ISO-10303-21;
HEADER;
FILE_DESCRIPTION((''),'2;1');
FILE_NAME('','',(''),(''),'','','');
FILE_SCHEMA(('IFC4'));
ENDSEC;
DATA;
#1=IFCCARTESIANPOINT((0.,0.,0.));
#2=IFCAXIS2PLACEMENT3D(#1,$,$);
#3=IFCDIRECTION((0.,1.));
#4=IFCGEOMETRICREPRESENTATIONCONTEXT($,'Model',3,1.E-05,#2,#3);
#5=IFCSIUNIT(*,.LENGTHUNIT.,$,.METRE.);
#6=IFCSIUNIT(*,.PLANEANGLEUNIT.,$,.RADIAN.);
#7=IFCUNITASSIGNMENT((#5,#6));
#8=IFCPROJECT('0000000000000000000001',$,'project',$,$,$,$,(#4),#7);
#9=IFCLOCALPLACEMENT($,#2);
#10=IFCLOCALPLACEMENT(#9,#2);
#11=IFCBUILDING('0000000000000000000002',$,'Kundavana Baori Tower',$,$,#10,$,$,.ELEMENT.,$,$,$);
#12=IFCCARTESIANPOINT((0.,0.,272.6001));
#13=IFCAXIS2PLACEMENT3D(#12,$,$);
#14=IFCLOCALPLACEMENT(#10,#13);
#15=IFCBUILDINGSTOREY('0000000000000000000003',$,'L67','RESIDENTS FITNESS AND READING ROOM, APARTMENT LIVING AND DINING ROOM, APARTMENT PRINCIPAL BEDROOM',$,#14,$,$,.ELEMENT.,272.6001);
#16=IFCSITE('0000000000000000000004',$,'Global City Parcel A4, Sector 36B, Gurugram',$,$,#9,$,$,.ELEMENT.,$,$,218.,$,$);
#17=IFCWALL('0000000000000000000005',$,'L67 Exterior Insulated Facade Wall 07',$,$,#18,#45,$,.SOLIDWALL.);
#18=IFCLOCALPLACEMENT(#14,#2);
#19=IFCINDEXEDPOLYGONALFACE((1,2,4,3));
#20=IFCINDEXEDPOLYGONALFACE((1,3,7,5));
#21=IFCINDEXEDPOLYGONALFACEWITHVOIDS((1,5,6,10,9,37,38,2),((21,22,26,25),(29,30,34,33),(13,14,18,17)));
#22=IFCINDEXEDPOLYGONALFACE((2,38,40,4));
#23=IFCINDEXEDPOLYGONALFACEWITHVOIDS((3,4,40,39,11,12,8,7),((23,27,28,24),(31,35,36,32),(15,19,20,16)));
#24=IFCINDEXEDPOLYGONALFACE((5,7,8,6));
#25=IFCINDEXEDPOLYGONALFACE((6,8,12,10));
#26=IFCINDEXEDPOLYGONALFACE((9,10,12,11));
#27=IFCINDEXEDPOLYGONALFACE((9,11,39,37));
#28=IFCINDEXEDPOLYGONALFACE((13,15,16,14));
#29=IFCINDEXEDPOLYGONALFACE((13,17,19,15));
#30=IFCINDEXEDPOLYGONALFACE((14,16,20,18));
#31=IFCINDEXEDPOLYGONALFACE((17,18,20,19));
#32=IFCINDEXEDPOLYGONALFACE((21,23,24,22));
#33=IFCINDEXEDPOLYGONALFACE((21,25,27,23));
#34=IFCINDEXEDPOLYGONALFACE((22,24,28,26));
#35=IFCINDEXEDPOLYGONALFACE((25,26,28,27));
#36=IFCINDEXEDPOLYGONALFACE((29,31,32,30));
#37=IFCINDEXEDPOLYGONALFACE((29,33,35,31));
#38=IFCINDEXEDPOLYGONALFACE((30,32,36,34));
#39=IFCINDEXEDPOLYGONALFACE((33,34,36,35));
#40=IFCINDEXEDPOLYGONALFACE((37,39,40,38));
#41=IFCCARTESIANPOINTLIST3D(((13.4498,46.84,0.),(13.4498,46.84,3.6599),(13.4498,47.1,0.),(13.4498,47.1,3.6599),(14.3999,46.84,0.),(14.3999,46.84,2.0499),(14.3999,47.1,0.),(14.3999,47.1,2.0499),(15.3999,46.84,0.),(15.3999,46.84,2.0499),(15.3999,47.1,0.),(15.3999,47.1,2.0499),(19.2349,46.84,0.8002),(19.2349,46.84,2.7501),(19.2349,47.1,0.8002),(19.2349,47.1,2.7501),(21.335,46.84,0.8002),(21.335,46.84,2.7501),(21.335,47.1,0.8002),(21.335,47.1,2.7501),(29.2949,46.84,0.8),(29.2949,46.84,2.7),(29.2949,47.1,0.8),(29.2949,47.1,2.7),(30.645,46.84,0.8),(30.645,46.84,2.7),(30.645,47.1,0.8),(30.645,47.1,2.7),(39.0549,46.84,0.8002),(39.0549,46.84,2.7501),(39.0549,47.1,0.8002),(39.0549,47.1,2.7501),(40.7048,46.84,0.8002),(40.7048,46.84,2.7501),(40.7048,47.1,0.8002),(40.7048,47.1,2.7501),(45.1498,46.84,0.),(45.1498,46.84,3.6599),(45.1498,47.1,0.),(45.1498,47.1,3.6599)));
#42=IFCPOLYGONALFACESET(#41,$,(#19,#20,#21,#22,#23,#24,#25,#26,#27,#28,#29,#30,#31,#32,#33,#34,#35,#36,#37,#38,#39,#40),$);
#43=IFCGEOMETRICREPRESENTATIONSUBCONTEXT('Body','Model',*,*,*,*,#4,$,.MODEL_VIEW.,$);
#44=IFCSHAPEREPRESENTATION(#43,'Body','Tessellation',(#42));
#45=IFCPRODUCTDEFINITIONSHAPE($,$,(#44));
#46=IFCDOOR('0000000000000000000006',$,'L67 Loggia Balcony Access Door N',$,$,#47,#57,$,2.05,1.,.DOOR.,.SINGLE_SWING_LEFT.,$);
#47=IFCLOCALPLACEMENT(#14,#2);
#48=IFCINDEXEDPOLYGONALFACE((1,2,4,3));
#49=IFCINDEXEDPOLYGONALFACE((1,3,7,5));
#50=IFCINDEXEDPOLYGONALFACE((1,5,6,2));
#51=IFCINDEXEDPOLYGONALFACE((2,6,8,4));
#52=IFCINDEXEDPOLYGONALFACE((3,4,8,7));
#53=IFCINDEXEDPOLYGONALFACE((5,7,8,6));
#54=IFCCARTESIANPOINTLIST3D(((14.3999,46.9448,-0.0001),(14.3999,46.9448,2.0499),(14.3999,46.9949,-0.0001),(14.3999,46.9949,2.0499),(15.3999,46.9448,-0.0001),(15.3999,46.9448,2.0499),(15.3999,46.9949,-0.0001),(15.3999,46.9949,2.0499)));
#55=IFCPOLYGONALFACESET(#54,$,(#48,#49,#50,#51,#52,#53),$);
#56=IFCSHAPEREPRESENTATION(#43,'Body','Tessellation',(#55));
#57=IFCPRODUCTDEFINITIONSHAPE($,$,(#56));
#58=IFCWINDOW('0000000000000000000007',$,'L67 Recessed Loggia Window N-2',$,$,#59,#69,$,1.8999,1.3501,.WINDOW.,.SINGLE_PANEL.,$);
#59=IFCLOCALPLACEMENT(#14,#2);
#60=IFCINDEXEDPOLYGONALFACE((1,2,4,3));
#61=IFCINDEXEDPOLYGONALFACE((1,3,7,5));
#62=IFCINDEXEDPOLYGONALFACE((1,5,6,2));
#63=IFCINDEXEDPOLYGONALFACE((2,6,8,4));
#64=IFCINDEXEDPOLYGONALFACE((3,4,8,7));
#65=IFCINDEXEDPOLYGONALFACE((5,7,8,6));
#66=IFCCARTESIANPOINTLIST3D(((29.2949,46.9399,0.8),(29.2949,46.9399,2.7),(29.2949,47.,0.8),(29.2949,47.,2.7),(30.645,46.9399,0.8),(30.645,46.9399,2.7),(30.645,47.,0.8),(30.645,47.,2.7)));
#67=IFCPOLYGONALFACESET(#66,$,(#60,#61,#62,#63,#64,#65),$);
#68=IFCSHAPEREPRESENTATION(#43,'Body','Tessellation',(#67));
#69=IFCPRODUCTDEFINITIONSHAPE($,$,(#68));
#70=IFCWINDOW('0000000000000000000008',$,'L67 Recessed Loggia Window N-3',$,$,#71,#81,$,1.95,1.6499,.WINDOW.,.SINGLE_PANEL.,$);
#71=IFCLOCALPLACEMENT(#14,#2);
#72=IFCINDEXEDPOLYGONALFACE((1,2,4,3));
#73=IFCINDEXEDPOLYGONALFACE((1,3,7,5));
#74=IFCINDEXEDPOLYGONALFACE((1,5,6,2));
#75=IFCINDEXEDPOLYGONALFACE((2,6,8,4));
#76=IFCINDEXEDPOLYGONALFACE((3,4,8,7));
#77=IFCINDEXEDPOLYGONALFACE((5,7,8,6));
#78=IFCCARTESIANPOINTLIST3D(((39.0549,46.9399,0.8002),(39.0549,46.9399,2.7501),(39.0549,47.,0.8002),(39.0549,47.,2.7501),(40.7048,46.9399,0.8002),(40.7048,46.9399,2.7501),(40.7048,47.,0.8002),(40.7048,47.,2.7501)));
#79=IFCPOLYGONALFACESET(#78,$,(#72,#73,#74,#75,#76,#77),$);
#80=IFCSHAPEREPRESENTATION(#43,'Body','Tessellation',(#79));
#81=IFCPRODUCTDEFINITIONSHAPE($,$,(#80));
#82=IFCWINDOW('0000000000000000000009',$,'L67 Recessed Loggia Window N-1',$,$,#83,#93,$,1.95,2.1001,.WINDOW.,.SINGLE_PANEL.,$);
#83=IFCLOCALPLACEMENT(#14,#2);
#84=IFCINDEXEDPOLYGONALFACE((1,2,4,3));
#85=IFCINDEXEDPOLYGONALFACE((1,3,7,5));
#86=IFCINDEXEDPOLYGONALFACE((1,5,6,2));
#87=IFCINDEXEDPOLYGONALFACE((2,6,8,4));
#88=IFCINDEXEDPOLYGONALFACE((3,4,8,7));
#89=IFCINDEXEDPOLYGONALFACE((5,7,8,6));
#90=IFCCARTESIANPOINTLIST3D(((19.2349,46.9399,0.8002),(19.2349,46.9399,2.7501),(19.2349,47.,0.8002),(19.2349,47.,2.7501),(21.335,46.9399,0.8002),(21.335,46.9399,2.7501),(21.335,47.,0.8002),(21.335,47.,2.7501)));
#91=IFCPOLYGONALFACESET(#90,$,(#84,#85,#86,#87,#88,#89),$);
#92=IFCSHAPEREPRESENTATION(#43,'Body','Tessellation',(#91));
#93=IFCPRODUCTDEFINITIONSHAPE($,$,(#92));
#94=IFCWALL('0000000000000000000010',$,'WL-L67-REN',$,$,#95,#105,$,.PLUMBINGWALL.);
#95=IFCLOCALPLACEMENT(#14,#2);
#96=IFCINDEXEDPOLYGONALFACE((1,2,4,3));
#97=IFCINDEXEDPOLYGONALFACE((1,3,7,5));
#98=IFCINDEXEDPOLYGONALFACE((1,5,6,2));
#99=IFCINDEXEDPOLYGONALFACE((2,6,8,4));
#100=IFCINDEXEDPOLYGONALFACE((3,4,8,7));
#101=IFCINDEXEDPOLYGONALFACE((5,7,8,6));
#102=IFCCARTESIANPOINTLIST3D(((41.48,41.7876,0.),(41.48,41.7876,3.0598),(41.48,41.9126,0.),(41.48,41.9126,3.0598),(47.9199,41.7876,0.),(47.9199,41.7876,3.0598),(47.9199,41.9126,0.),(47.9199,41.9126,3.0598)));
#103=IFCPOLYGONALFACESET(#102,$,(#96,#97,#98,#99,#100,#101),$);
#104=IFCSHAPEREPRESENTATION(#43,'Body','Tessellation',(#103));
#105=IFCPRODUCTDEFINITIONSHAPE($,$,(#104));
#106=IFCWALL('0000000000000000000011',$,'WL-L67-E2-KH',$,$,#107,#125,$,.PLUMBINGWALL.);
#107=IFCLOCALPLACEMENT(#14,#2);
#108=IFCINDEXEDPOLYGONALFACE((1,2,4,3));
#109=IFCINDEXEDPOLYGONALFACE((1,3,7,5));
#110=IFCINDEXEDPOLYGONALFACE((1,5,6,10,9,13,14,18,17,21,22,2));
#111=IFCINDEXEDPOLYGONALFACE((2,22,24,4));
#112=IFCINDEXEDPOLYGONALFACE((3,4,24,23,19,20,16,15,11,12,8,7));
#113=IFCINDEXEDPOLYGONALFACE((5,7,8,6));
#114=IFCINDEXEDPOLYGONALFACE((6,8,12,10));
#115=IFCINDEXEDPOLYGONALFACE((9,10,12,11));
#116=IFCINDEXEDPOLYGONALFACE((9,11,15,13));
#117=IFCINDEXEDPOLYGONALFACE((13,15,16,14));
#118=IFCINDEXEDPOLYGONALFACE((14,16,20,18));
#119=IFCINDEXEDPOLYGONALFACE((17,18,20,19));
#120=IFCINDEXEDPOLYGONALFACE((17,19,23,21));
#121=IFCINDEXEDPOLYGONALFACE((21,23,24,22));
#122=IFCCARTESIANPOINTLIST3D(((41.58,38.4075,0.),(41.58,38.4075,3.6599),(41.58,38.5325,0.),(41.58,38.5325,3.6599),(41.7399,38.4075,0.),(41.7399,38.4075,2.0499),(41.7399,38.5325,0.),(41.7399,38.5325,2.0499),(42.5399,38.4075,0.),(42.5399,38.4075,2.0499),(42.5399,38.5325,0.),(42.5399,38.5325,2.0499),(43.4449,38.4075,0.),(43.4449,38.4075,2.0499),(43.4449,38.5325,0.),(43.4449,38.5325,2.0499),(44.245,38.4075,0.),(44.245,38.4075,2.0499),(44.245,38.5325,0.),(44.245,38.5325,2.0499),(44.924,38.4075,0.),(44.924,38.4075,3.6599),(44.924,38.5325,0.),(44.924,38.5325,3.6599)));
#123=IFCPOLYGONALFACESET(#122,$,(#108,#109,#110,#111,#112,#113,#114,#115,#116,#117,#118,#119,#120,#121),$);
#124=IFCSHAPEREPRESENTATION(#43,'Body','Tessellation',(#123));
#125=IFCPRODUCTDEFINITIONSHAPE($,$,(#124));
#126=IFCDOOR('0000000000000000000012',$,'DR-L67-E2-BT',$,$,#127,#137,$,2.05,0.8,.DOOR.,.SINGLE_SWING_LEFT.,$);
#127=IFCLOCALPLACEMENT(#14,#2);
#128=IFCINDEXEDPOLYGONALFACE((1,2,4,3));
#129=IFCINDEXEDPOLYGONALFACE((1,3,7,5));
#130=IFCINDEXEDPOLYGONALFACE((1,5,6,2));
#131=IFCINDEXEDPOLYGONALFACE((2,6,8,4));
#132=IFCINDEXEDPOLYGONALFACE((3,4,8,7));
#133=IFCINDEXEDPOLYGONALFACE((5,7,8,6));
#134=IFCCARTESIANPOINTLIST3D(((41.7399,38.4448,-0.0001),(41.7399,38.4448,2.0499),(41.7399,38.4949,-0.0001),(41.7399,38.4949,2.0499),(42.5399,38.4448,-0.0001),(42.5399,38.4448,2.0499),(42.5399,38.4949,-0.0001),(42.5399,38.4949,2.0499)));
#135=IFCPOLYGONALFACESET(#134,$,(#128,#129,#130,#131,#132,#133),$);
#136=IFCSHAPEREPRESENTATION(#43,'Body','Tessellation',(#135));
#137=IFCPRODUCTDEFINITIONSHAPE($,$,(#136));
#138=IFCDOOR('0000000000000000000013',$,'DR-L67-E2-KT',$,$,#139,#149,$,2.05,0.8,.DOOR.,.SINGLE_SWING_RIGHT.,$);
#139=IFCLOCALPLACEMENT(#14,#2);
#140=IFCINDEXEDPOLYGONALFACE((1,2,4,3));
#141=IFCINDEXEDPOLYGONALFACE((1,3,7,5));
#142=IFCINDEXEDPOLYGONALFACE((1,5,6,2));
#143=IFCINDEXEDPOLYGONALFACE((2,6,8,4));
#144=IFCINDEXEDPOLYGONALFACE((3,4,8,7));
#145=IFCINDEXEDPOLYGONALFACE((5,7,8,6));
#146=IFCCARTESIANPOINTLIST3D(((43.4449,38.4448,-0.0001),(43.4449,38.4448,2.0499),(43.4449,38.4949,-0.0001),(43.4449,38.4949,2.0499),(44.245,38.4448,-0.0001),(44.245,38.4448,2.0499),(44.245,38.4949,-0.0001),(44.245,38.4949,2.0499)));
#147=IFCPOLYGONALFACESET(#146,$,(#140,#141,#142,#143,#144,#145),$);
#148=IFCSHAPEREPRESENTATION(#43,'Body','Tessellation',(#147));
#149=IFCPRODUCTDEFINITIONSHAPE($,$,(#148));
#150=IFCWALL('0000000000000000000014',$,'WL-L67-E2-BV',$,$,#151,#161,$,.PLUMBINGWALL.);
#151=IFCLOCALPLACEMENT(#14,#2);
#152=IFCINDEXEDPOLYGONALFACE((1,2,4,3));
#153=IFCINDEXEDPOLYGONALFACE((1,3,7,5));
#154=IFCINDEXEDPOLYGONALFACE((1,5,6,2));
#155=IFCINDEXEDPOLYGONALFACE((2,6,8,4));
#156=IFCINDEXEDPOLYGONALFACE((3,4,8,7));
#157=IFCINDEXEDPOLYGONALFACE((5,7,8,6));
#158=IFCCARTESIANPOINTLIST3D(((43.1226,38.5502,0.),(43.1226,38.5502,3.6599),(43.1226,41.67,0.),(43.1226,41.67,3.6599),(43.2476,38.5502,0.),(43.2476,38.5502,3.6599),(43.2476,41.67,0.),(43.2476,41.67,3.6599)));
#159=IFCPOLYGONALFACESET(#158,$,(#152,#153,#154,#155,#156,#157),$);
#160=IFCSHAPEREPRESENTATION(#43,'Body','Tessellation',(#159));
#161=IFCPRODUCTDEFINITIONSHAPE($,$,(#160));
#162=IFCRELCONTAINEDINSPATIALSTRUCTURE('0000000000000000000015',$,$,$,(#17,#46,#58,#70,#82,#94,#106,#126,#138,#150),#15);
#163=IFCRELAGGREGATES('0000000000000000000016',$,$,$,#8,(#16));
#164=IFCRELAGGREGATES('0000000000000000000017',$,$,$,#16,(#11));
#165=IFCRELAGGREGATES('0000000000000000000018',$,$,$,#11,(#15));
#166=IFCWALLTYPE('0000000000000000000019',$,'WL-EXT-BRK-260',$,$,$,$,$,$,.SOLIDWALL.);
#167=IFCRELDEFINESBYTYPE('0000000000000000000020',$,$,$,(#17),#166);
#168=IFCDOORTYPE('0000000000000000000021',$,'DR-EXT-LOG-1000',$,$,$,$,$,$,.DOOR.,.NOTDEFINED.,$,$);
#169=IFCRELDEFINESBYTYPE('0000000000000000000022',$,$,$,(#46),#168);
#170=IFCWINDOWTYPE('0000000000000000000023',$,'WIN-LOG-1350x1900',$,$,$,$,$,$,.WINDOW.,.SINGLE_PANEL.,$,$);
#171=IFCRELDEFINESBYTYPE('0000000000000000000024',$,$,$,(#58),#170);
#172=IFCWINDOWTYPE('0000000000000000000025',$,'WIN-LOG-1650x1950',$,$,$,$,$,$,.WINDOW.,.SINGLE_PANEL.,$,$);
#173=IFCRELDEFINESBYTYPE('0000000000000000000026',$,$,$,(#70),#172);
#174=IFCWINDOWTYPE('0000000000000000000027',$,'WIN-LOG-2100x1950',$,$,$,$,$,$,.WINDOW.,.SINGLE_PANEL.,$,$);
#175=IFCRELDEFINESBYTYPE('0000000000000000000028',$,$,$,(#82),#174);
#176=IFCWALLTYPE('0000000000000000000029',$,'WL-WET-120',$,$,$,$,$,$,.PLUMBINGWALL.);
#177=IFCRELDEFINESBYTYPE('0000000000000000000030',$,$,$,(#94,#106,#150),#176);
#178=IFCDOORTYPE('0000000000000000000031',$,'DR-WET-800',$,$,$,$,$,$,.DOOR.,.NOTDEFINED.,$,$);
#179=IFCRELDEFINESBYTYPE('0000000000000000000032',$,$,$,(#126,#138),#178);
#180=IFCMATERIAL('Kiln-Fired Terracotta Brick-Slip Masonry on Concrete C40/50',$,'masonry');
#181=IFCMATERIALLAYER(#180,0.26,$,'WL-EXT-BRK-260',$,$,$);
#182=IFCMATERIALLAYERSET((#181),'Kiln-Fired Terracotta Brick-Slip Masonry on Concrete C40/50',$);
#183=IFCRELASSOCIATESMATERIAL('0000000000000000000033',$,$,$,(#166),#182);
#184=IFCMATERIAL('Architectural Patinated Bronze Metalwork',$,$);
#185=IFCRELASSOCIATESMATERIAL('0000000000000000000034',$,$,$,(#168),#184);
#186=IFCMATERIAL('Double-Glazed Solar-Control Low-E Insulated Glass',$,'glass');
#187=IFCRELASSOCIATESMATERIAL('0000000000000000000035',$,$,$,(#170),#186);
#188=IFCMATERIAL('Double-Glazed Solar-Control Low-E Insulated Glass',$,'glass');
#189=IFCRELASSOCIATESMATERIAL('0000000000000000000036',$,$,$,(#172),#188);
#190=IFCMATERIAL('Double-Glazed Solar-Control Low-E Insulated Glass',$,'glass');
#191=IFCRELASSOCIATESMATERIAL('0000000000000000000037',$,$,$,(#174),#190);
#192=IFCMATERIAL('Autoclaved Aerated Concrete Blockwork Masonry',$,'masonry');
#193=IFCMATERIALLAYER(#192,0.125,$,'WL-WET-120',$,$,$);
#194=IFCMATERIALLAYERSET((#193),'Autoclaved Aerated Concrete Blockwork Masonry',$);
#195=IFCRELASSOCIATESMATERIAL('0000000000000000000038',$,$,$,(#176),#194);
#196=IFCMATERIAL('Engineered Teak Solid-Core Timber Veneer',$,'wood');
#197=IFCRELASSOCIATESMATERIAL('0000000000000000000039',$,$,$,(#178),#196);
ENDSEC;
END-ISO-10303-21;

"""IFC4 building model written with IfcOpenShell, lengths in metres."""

from ifc_helpers import new_model, si_unit, direction, frame, frame_2d, origin, place, context, subcontext, project, spatial, rectangle, extrude, material, layer, layer_set, type_object, element, fill, save


model = new_model("IFC4")

# Units and contexts
model_context = context("Model", 3, precision=1e-05, world=origin(), true_north=direction((0.0, 1.0)))
body_context = subcontext(model_context, "Body", "Model", "MODEL_VIEW")
ifc_project = project(units=[si_unit("LENGTHUNIT", "METRE"), si_unit("PLANEANGLEUNIT", "RADIAN")], contexts=[model_context])

# Site, building, storey
site_placement = place(None, origin())
site = spatial("IfcSite", under=ifc_project, at=site_placement, Name="Global City Parcel A4, Sector 36B, Gurugram", CompositionType="ELEMENT", RefElevation=218.0)
building_placement = place(site_placement, origin())
building = spatial("IfcBuilding", under=site, at=building_placement, Name="Kundavana Baori Tower", CompositionType="ELEMENT")
storey_placement = place(building_placement, frame((0.0, 0.0, 272.6001)))
storey = spatial("IfcBuildingStorey", under=building, at=storey_placement, Name="L67", Description="RESIDENTS FITNESS AND READING ROOM, APARTMENT LIVING AND DINING ROOM, APARTMENT PRINCIPAL BEDROOM", CompositionType="ELEMENT", Elevation=272.6001)

# Shared definitions
ifc_material_1 = material(Name="Kiln-Fired Terracotta Brick-Slip Masonry on Concrete C40/50", Category="masonry")
ifc_layer_1 = layer(ifc_material_1, 0.26, Name="WL-EXT-BRK-260")
ifc_layer_set_1 = layer_set([ifc_layer_1], Name="Kiln-Fired Terracotta Brick-Slip Masonry on Concrete C40/50")
wall_type_1 = type_object("IfcWallType", Name="WL-EXT-BRK-260", PredefinedType="SOLIDWALL", material=ifc_layer_set_1)

# Wall, openings, door, windows
wall_1_placement = place(storey_placement, frame((45.1499, 46.97, 0.0), z_axis=(0.0, 0.0, 1.0), x_axis=(-1.0, 0.0, 0.0)))
wall_1 = element("IfcWall", 1, at=wall_1_placement, inside=storey, type_object=wall_type_1, Name="L67 Exterior Insulated Facade Wall 07", PredefinedType="SOLIDWALL", context=body_context, shape_type="SweptSolid", body=[
    extrude(rectangle(XDim=31.7, YDim=0.26, at=frame_2d((15.8501, 0.0))), origin(), (0.0, 0.0, 1.0), 3.6599),
])
opening_1_placement = place(wall_1_placement, frame((29.75, 0.0, 0.0)))
opening_1 = element("IfcOpeningElement", 2, at=opening_1_placement, cuts=wall_1, PredefinedType="OPENING", context=body_context, shape_type="SweptSolid", body=[
    extrude(rectangle(XDim=1.0, YDim=2.05, at=frame_2d((0.5, 1.0249))), frame((0.0, 0.1401, 0.0), z_axis=(0.0, -1.0, 0.0), x_axis=(1.0, 0.0, 0.0)), (0.0, 0.0, 1.0), 0.28),
])
opening_2_placement = place(wall_1_placement, frame((23.8149, 0.0, 0.8)))
opening_2 = element("IfcOpeningElement", 3, at=opening_2_placement, cuts=wall_1, PredefinedType="OPENING", context=body_context, shape_type="SweptSolid", body=[
    extrude(rectangle(XDim=2.1001, YDim=1.95, at=frame_2d((1.05, 0.9751))), frame((0.0, 0.1401, 0.0), z_axis=(0.0, -1.0, 0.0), x_axis=(1.0, 0.0, 0.0)), (0.0, 0.0, 1.0), 0.28),
])
opening_3_placement = place(wall_1_placement, frame((14.5049, 0.0, 0.8)))
opening_3 = element("IfcOpeningElement", 4, at=opening_3_placement, cuts=wall_1, PredefinedType="OPENING", context=body_context, shape_type="SweptSolid", body=[
    extrude(rectangle(XDim=1.3501, YDim=1.8999, at=frame_2d((0.675, 0.95))), frame((0.0, 0.1401, 0.0), z_axis=(0.0, -1.0, 0.0), x_axis=(1.0, 0.0, 0.0)), (0.0, 0.0, 1.0), 0.28),
])
opening_4_placement = place(wall_1_placement, frame((4.4451, 0.0, 0.8)))
opening_4 = element("IfcOpeningElement", 5, at=opening_4_placement, cuts=wall_1, PredefinedType="OPENING", context=body_context, shape_type="SweptSolid", body=[
    extrude(rectangle(XDim=1.6499, YDim=1.95, at=frame_2d((0.825, 0.9751))), frame((0.0, 0.1401, 0.0), z_axis=(0.0, -1.0, 0.0), x_axis=(1.0, 0.0, 0.0)), (0.0, 0.0, 1.0), 0.28),
])
ifc_material_2 = material(Name="Architectural Patinated Bronze Metalwork")
door_type_1 = type_object("IfcDoorType", Name="DR-EXT-LOG-1000", OperationType="NOTDEFINED", PredefinedType="DOOR", material=ifc_material_2)
door_1_placement = place(opening_1_placement, frame((1.0, 0.0, 0.0), z_axis=(0.0, 0.0, 1.0), x_axis=(-1.0, 0.0, 0.0)))
door_1 = element("IfcDoor", 6, at=door_1_placement, inside=storey, type_object=door_type_1, Name="L67 Loggia Balcony Access Door N", OperationType="SINGLE_SWING_LEFT", OverallHeight=2.05, OverallWidth=1.0, PredefinedType="DOOR", context=body_context, shape_type="SweptSolid", body=[
    extrude(rectangle(XDim=1.0, YDim=2.05, at=frame_2d((0.5, 1.0249))), frame((0.0, 0.0249, 0.0), z_axis=(0.0, -1.0, 0.0), x_axis=(1.0, 0.0, 0.0)), (0.0, 0.0, 1.0), 0.05),
])
fill(opening_1, door_1)
ifc_material_3 = material(Name="Double-Glazed Solar-Control Low-E Insulated Glass", Category="glass")
window_type_1 = type_object("IfcWindowType", Name="WIN-LOG-1350x1900", PartitioningType="SINGLE_PANEL", PredefinedType="WINDOW", material=ifc_material_3)
window_1_placement = place(opening_3_placement, origin())
window_1 = element("IfcWindow", 7, at=window_1_placement, inside=storey, type_object=window_type_1, Name="L67 Recessed Loggia Window N-2", OverallHeight=1.8999, OverallWidth=1.3501, PartitioningType="SINGLE_PANEL", PredefinedType="WINDOW", context=body_context, shape_type="SweptSolid", body=[
    extrude(rectangle(XDim=1.3501, YDim=1.8999, at=frame_2d((0.675, 0.95))), frame((0.0, 0.03, 0.0), z_axis=(0.0, -1.0, 0.0), x_axis=(1.0, 0.0, 0.0)), (0.0, 0.0, 1.0), 0.0601),
])
fill(opening_3, window_1)
ifc_material_4 = material(Name="Double-Glazed Solar-Control Low-E Insulated Glass", Category="glass")
window_type_2 = type_object("IfcWindowType", Name="WIN-LOG-1650x1950", PartitioningType="SINGLE_PANEL", PredefinedType="WINDOW", material=ifc_material_4)
window_2_placement = place(opening_4_placement, origin())
window_2 = element("IfcWindow", 8, at=window_2_placement, inside=storey, type_object=window_type_2, Name="L67 Recessed Loggia Window N-3", OverallHeight=1.95, OverallWidth=1.6499, PartitioningType="SINGLE_PANEL", PredefinedType="WINDOW", context=body_context, shape_type="SweptSolid", body=[
    extrude(rectangle(XDim=1.6499, YDim=1.95, at=frame_2d((0.825, 0.9751))), frame((0.0, 0.03, 0.0), z_axis=(0.0, -1.0, 0.0), x_axis=(1.0, 0.0, 0.0)), (0.0, 0.0, 1.0), 0.0601),
])
fill(opening_4, window_2)
ifc_material_5 = material(Name="Double-Glazed Solar-Control Low-E Insulated Glass", Category="glass")
window_type_3 = type_object("IfcWindowType", Name="WIN-LOG-2100x1950", PartitioningType="SINGLE_PANEL", PredefinedType="WINDOW", material=ifc_material_5)
window_3_placement = place(opening_2_placement, origin())
window_3 = element("IfcWindow", 9, at=window_3_placement, inside=storey, type_object=window_type_3, Name="L67 Recessed Loggia Window N-1", OverallHeight=1.95, OverallWidth=2.1001, PartitioningType="SINGLE_PANEL", PredefinedType="WINDOW", context=body_context, shape_type="SweptSolid", body=[
    extrude(rectangle(XDim=2.1001, YDim=1.95, at=frame_2d((1.05, 0.9751))), frame((0.0, 0.03, 0.0), z_axis=(0.0, -1.0, 0.0), x_axis=(1.0, 0.0, 0.0)), (0.0, 0.0, 1.0), 0.0601),
])
fill(opening_2, window_3)

# Wall
ifc_material_6 = material(Name="Autoclaved Aerated Concrete Blockwork Masonry", Category="masonry")
ifc_layer_2 = layer(ifc_material_6, 0.125, Name="WL-WET-120")
ifc_layer_set_2 = layer_set([ifc_layer_2], Name="Autoclaved Aerated Concrete Blockwork Masonry")
wall_type_2 = type_object("IfcWallType", Name="WL-WET-120", PredefinedType="PLUMBINGWALL", material=ifc_layer_set_2)
wall_2_placement = place(storey_placement, frame((41.48, 41.8501, 0.0), z_axis=(0.0, 0.0, 1.0), x_axis=(1.0, 0.0, 0.0)))
element("IfcWall", 10, at=wall_2_placement, inside=storey, type_object=wall_type_2, Name="WL-L67-REN", PredefinedType="PLUMBINGWALL", context=body_context, shape_type="SweptSolid", body=[
    extrude(rectangle(XDim=6.4399, YDim=0.125, at=frame_2d((3.22, 0.0))), origin(), (0.0, 0.0, 1.0), 3.0598),
])

# Wall, openings, doors
wall_3_placement = place(storey_placement, frame((41.5801, 38.47, 0.0), z_axis=(0.0, 0.0, 1.0), x_axis=(1.0, 0.0, 0.0)))
wall_3 = element("IfcWall", 11, at=wall_3_placement, inside=storey, type_object=wall_type_2, Name="WL-L67-E2-KH", PredefinedType="PLUMBINGWALL", context=body_context, shape_type="SweptSolid", body=[
    extrude(rectangle(XDim=3.344, YDim=0.125, at=frame_2d((1.6719, 0.0))), origin(), (0.0, 0.0, 1.0), 3.6599),
])
opening_5_placement = place(wall_3_placement, frame((0.1599, 0.0, 0.0)))
opening_5 = element("IfcOpeningElement", 12, at=opening_5_placement, cuts=wall_3, PredefinedType="OPENING", context=body_context, shape_type="SweptSolid", body=[
    extrude(rectangle(XDim=0.8, YDim=2.05, at=frame_2d((0.3999, 1.0249))), frame((0.0, 0.0725, 0.0), z_axis=(0.0, -1.0, 0.0), x_axis=(1.0, 0.0, 0.0)), (0.0, 0.0, 1.0), 0.145),
])
opening_6_placement = place(wall_3_placement, frame((1.865, 0.0, 0.0)))
opening_6 = element("IfcOpeningElement", 13, at=opening_6_placement, cuts=wall_3, PredefinedType="OPENING", context=body_context, shape_type="SweptSolid", body=[
    extrude(rectangle(XDim=0.8, YDim=2.05, at=frame_2d((0.3999, 1.0249))), frame((0.0, 0.0725, 0.0), z_axis=(0.0, -1.0, 0.0), x_axis=(1.0, 0.0, 0.0)), (0.0, 0.0, 1.0), 0.145),
])
ifc_material_7 = material(Name="Engineered Teak Solid-Core Timber Veneer", Category="wood")
door_type_2 = type_object("IfcDoorType", Name="DR-WET-800", OperationType="NOTDEFINED", PredefinedType="DOOR", material=ifc_material_7)
door_2_placement = place(opening_5_placement, origin())
door_2 = element("IfcDoor", 14, at=door_2_placement, inside=storey, type_object=door_type_2, Name="DR-L67-E2-BT", OperationType="SINGLE_SWING_LEFT", OverallHeight=2.05, OverallWidth=0.8, PredefinedType="DOOR", context=body_context, shape_type="SweptSolid", body=[
    extrude(rectangle(XDim=0.8, YDim=2.05, at=frame_2d((0.3999, 1.0249))), frame((0.0, 0.0249, 0.0), z_axis=(0.0, -1.0, 0.0), x_axis=(1.0, 0.0, 0.0)), (0.0, 0.0, 1.0), 0.05),
])
fill(opening_5, door_2)
door_3_placement = place(opening_6_placement, origin())
door_3 = element("IfcDoor", 15, at=door_3_placement, inside=storey, type_object=door_type_2, Name="DR-L67-E2-KT", OperationType="SINGLE_SWING_RIGHT", OverallHeight=2.05, OverallWidth=0.8, PredefinedType="DOOR", context=body_context, shape_type="SweptSolid", body=[
    extrude(rectangle(XDim=0.8, YDim=2.05, at=frame_2d((0.3999, 1.0249))), frame((0.0, 0.0249, 0.0), z_axis=(0.0, -1.0, 0.0), x_axis=(1.0, 0.0, 0.0)), (0.0, 0.0, 1.0), 0.05),
])
fill(opening_6, door_3)

# Wall
wall_4_placement = place(storey_placement, frame((43.1851, 38.55, 0.0), z_axis=(0.0, 0.0, 1.0), x_axis=(0.0, 1.0, 0.0)))
element("IfcWall", 16, at=wall_4_placement, inside=storey, type_object=wall_type_2, Name="WL-L67-E2-BV", PredefinedType="PLUMBINGWALL", context=body_context, shape_type="SweptSolid", body=[
    extrude(rectangle(XDim=3.1199, YDim=0.125, at=frame_2d((1.5601, 0.0))), origin(), (0.0, 0.0, 1.0), 3.6599),
])

save(model, "model.ifc")
